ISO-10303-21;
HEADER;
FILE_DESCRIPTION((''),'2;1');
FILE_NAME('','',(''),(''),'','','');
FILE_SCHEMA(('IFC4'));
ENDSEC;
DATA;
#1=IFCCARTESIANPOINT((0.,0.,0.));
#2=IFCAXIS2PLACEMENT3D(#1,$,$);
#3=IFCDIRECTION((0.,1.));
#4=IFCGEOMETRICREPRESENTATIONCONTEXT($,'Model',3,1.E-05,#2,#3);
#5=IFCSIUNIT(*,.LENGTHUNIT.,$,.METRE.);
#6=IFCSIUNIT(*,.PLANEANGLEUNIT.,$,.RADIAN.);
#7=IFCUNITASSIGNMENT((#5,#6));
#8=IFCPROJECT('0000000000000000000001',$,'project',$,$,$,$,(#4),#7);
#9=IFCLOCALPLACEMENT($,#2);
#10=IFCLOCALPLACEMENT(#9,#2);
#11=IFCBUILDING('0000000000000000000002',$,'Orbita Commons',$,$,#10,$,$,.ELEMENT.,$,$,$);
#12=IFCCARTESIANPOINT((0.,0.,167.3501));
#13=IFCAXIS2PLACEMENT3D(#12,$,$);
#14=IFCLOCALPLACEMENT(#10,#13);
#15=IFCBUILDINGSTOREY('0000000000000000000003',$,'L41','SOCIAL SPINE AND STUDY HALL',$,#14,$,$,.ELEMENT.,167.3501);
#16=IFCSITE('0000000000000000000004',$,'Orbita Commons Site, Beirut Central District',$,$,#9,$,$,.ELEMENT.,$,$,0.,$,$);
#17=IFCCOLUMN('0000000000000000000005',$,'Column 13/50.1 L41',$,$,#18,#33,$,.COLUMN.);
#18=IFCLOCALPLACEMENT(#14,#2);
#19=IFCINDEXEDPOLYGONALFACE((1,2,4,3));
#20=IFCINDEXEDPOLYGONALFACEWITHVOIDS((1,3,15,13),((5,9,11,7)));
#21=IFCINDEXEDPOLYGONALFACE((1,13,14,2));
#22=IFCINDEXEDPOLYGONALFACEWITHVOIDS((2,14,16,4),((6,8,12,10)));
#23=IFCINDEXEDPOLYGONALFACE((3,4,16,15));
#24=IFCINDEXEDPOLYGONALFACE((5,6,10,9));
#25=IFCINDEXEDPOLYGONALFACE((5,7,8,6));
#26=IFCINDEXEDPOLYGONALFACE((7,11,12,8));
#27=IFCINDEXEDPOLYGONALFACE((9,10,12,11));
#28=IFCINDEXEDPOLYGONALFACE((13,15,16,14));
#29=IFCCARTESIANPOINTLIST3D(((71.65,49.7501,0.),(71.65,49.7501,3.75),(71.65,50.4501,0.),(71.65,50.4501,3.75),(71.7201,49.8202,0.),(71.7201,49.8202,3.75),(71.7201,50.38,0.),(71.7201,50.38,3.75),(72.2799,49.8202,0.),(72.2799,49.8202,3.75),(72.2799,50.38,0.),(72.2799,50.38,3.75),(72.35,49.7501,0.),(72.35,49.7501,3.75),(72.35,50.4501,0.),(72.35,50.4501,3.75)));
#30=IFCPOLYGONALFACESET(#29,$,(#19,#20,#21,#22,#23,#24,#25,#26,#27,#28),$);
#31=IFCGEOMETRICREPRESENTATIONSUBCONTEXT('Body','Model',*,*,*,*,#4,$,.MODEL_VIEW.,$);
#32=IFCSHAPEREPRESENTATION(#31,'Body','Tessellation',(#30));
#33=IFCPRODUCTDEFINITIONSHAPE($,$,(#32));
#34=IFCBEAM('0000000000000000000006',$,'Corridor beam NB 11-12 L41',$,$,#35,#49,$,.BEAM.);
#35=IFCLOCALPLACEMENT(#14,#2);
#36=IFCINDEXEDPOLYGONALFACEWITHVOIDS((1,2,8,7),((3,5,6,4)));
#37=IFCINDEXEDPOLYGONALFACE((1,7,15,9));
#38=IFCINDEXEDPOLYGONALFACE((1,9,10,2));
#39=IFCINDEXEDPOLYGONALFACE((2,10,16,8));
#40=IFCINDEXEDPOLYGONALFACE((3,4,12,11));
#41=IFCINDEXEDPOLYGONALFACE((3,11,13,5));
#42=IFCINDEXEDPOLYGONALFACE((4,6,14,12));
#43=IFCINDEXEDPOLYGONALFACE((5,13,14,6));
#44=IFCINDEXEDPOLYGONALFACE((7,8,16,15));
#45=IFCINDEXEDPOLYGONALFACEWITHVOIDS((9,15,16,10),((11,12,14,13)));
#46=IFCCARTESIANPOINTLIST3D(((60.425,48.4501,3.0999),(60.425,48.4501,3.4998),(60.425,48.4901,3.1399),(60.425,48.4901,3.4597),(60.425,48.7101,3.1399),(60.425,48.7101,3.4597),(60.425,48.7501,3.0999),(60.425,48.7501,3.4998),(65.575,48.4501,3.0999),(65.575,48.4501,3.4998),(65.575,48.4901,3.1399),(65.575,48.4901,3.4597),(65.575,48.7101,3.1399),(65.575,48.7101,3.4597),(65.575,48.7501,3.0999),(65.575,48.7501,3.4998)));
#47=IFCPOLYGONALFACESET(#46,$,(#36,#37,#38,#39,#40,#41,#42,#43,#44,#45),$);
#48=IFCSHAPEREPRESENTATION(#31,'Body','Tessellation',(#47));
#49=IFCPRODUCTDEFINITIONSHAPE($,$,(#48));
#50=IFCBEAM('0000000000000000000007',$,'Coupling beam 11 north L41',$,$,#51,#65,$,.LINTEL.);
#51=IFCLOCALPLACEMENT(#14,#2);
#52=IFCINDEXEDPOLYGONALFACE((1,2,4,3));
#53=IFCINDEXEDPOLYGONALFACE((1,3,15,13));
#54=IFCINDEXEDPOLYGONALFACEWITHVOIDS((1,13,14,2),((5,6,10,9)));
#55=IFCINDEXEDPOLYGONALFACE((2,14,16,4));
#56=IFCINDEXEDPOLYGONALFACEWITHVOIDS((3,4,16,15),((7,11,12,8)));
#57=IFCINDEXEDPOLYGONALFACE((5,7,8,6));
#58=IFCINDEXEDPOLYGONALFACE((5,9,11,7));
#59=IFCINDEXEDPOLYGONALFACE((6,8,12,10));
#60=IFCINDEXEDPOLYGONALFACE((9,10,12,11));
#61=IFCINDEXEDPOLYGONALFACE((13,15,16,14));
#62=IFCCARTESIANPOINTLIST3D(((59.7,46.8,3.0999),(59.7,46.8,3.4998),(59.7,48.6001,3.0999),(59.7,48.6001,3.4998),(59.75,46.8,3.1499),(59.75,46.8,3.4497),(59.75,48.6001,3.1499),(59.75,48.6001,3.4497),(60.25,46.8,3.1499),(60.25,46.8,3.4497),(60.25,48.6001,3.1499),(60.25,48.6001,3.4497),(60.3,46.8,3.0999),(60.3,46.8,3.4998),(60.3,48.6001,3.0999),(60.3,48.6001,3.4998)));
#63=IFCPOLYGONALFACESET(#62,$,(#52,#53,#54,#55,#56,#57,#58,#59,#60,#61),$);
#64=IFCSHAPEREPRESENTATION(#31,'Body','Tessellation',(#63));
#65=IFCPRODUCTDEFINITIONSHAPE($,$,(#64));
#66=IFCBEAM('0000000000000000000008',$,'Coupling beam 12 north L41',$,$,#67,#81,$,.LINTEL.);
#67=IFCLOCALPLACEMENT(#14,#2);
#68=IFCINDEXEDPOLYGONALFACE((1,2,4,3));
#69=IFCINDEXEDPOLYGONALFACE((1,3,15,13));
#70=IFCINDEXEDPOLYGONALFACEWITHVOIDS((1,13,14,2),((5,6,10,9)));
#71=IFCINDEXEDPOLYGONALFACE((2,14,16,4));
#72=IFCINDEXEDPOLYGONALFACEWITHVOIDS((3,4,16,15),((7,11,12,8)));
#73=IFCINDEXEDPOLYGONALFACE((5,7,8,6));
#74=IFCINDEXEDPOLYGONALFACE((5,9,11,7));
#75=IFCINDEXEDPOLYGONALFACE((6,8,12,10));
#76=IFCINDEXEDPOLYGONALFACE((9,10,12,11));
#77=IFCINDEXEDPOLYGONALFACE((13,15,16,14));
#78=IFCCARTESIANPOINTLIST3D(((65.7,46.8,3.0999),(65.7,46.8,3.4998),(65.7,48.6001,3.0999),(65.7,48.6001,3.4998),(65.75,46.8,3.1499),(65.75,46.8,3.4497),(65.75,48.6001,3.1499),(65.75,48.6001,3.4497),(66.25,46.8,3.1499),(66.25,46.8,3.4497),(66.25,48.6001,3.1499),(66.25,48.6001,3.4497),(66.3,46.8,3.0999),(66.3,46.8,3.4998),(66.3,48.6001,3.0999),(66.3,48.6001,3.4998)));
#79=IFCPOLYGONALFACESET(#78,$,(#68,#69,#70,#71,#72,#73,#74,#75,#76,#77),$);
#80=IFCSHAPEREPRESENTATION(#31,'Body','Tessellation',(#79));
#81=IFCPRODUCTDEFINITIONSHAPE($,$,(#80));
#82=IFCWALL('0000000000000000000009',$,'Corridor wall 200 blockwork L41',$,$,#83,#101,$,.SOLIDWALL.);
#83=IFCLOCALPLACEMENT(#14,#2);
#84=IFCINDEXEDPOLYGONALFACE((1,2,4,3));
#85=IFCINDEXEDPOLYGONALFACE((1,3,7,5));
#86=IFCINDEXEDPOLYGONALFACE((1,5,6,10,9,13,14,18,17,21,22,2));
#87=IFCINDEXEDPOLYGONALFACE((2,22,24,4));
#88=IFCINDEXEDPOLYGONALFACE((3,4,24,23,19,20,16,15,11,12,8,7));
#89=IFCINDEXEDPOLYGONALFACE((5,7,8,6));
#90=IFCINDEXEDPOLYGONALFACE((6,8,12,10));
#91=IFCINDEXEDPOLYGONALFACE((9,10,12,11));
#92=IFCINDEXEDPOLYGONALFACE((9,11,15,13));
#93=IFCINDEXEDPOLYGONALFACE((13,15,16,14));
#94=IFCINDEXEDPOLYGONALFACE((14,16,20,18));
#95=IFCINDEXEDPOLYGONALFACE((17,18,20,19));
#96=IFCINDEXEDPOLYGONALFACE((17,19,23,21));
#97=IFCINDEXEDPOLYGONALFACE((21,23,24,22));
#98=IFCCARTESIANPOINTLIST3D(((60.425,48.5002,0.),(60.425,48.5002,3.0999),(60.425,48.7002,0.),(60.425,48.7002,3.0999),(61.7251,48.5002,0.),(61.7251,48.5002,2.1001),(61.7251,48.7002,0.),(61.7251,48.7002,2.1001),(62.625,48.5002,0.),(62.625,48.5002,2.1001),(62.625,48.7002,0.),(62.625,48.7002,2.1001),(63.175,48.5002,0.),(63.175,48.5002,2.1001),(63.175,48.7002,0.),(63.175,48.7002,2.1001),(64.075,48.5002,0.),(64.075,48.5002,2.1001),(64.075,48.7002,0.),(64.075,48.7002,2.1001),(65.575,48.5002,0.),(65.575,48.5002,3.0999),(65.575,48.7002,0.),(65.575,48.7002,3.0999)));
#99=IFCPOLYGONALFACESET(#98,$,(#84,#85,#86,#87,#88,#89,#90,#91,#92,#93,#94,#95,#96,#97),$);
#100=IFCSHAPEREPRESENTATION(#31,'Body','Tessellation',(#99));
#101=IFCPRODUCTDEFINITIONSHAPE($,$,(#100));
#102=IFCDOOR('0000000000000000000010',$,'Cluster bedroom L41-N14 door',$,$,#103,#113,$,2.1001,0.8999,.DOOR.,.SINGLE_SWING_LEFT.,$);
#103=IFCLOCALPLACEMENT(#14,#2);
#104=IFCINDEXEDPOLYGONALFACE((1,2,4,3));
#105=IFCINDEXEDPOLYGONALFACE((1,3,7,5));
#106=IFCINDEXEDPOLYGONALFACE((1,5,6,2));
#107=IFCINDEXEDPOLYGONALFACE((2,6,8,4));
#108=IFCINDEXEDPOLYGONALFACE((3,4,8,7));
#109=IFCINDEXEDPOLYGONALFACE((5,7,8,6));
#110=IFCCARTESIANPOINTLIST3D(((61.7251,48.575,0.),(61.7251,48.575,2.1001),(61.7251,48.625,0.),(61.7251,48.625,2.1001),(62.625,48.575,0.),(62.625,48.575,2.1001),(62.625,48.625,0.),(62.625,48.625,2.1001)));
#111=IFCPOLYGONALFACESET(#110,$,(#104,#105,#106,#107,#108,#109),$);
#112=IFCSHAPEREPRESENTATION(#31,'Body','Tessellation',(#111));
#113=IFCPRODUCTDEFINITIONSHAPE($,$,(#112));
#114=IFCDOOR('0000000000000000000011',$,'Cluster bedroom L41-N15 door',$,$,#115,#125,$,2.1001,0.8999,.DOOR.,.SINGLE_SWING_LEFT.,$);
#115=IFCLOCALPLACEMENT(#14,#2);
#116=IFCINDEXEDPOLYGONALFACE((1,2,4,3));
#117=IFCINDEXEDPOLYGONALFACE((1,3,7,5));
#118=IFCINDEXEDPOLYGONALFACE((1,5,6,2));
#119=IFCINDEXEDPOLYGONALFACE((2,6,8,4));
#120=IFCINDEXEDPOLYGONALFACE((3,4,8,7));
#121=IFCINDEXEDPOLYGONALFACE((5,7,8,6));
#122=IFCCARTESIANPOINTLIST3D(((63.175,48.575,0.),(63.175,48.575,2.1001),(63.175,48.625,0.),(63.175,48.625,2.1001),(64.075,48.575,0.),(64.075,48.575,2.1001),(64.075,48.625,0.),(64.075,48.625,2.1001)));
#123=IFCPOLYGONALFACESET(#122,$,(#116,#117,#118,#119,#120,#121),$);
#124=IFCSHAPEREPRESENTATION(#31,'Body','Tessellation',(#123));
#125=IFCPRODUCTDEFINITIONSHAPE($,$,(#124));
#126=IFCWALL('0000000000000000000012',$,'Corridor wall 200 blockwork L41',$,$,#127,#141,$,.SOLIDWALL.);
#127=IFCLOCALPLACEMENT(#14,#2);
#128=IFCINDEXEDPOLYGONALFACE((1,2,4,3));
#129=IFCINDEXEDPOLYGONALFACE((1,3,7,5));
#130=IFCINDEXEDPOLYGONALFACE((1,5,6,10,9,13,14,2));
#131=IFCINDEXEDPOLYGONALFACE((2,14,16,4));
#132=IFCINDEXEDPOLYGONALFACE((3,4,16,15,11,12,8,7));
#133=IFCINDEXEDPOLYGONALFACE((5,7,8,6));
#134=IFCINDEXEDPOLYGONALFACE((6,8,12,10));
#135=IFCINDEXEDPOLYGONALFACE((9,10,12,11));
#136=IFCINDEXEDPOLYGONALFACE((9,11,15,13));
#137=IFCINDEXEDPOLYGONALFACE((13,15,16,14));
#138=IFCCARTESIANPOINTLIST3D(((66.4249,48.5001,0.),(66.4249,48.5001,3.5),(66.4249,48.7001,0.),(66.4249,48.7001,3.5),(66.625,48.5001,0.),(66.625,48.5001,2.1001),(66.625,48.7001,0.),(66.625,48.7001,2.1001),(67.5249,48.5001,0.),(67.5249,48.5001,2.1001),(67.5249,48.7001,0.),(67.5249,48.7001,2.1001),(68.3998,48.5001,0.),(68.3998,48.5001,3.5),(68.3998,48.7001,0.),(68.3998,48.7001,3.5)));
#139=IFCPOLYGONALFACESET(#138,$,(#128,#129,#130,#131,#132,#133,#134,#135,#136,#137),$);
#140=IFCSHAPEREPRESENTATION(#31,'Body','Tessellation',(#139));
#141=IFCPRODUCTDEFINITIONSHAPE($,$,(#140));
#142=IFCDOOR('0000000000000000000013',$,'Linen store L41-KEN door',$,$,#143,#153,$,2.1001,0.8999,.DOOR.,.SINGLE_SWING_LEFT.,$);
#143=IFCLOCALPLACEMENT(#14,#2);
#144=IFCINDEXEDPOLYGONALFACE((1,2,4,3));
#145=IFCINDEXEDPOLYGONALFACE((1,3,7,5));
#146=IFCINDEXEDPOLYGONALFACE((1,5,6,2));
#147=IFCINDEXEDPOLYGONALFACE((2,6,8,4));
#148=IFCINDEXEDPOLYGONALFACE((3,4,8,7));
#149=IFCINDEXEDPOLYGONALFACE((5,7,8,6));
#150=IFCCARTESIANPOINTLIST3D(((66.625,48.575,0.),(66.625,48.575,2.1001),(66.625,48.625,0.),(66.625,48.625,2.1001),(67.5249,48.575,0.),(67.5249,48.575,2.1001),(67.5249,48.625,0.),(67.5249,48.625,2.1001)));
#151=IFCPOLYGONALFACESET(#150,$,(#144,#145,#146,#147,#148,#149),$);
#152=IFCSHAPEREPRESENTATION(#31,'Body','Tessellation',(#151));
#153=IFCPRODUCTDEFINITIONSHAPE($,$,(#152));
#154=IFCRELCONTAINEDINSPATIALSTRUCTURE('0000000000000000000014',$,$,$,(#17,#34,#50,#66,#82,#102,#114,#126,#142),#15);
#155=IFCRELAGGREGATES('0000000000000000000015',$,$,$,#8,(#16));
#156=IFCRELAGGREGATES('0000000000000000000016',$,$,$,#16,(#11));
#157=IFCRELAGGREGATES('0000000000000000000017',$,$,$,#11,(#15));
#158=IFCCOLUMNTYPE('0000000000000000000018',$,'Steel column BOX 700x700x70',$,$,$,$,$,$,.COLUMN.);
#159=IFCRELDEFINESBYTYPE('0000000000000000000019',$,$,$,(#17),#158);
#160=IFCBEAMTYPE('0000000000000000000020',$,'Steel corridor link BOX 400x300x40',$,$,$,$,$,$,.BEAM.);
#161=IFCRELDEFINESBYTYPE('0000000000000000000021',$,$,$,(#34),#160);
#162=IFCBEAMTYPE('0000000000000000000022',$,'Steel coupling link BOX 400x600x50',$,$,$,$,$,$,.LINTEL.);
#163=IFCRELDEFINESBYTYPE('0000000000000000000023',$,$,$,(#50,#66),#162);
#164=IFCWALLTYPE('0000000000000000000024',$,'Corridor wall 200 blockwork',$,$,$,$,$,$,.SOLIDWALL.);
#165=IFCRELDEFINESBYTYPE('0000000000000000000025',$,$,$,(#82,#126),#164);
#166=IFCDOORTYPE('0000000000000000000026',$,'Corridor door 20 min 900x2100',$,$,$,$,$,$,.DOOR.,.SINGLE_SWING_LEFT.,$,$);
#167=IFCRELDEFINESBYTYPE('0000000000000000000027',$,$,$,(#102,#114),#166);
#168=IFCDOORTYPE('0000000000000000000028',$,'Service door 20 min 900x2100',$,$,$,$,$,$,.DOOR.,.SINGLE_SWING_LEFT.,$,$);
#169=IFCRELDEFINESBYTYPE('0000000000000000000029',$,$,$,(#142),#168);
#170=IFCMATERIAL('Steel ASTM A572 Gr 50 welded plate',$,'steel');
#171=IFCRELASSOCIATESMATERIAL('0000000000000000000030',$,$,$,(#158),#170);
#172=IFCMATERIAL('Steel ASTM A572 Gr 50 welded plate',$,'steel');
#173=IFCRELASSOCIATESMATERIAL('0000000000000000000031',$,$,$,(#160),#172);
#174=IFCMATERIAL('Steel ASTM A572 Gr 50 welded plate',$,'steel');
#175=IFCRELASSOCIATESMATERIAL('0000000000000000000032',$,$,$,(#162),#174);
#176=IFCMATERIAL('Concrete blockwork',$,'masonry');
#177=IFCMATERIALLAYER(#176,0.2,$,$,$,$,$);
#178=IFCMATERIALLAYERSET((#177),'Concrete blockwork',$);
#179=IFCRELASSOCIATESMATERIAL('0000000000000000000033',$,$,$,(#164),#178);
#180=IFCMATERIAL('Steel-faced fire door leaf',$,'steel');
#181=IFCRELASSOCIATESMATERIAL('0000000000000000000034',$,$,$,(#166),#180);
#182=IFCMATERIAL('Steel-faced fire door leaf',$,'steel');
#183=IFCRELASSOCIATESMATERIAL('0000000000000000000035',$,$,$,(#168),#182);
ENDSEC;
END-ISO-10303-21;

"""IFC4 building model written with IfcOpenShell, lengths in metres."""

from ifc_helpers import new_model, si_unit, direction, frame, frame_2d, origin, origin_2d, place, context, subcontext, project, spatial, polyline, rectangle, hollow_rectangle, outline, extrude, material, layer, layer_set, material_profile, profile_set, type_object, element, fill, save


model = new_model("IFC4")

# Units and contexts
model_context = context("Model", 3, precision=1e-05, world=origin(), true_north=direction((0.0, 1.0)))
body_context = subcontext(model_context, "Body", "Model", "MODEL_VIEW")
ifc_project = project(units=[si_unit("LENGTHUNIT", "METRE"), si_unit("PLANEANGLEUNIT", "RADIAN")], contexts=[model_context])

# Site, building, storey
site_placement = place(None, origin())
site = spatial("IfcSite", under=ifc_project, at=site_placement, Name="Orbita Commons Site, Beirut Central District", CompositionType="ELEMENT", RefElevation=0.0)
building_placement = place(site_placement, origin())
building = spatial("IfcBuilding", under=site, at=building_placement, Name="Orbita Commons", CompositionType="ELEMENT")
storey_placement = place(building_placement, frame((0.0, 0.0, 167.3501)))
storey = spatial("IfcBuildingStorey", under=building, at=storey_placement, Name="L41", Description="SOCIAL SPINE AND STUDY HALL", CompositionType="ELEMENT", Elevation=167.3501)

# Column
ifc_material_1 = material(Name="Steel ASTM A572 Gr 50 welded plate", Category="steel")
ifc_material_profile_1 = material_profile(ifc_material_1, hollow_rectangle(XDim=0.7, YDim=0.7, WallThickness=0.0701, at=origin_2d()), Name="BOX 700x700x70")
ifc_profile_set_1 = profile_set([ifc_material_profile_1], Name="Steel ASTM A572 Gr 50 welded plate")
column_type = type_object("IfcColumnType", Name="Steel column BOX 700x700x70", PredefinedType="COLUMN", material=ifc_profile_set_1)
column_placement = place(storey_placement, frame((72.0, 50.1001, 0.0), z_axis=(0.0, 0.0, 1.0), x_axis=(1.0, 0.0, 0.0)))
element("IfcColumn", 1, at=column_placement, inside=storey, type_object=column_type, Name="Column 13/50.1 L41", PredefinedType="COLUMN", context=body_context, shape_type="SweptSolid", body=[
    extrude(hollow_rectangle(XDim=0.7, YDim=0.7, WallThickness=0.0701, at=origin_2d()), origin(), (0.0, 0.0, 1.0), 3.75),
])

# Beams
ifc_material_2 = material(Name="Steel ASTM A572 Gr 50 welded plate", Category="steel")
ifc_material_profile_2 = material_profile(ifc_material_2, hollow_rectangle(XDim=0.3, YDim=0.3999, WallThickness=0.04, at=origin_2d()), Name="BOX 400x300x40")
ifc_profile_set_2 = profile_set([ifc_material_profile_2], Name="Steel ASTM A572 Gr 50 welded plate")
beam_type_1 = type_object("IfcBeamType", Name="Steel corridor link BOX 400x300x40", PredefinedType="BEAM", material=ifc_profile_set_2)
beam_placement = place(storey_placement, frame((60.425, 48.6001, 3.2998), z_axis=(1.0, 0.0, 0.0), x_axis=(0.0, 1.0, 0.0)))
element("IfcBeam", 2, at=beam_placement, inside=storey, type_object=beam_type_1, Name="Corridor beam NB 11-12 L41", PredefinedType="BEAM", context=body_context, shape_type="SweptSolid", body=[
    extrude(hollow_rectangle(XDim=0.3, YDim=0.3999, WallThickness=0.04, at=origin_2d()), origin(), (0.0, 0.0, 1.0), 5.1499),
])
ifc_material_3 = material(Name="Steel ASTM A572 Gr 50 welded plate", Category="steel")
ifc_material_profile_3 = material_profile(ifc_material_3, hollow_rectangle(XDim=0.6001, YDim=0.3999, WallThickness=0.05, at=origin_2d()), Name="BOX 400x600x50")
ifc_profile_set_3 = profile_set([ifc_material_profile_3], Name="Steel ASTM A572 Gr 50 welded plate")
beam_type_2 = type_object("IfcBeamType", Name="Steel coupling link BOX 400x600x50", PredefinedType="LINTEL", material=ifc_profile_set_3)
for number, where, z_axis, x_axis, name in (
    (3, (60.0, 46.8, 3.2998), (0.0, 1.0, 0.0), (-1.0, 0.0, 0.0), "Coupling beam 11 north L41"),
    (4, (66.0, 46.8, 3.2998), (0.0, 1.0, 0.0), (-1.0, 0.0, 0.0), "Coupling beam 12 north L41"),
):
    element("IfcBeam", number, at=place(storey_placement, frame(where, z_axis=z_axis, x_axis=x_axis)), inside=storey, type_object=beam_type_2, Name=name, PredefinedType="LINTEL", context=body_context, shape_type="SweptSolid", body=[
        extrude(hollow_rectangle(XDim=0.6001, YDim=0.3999, WallThickness=0.05, at=origin_2d()), origin(), (0.0, 0.0, 1.0), 1.8),
    ])

# Wall, openings, doors
ifc_material_4 = material(Name="Concrete blockwork", Category="masonry")
ifc_layer_1 = layer(ifc_material_4, 0.2)
ifc_layer_set_1 = layer_set([ifc_layer_1], Name="Concrete blockwork")
wall_type_1 = type_object("IfcWallType", Name="Corridor wall 200 blockwork", PredefinedType="SOLIDWALL", material=ifc_layer_set_1)
wall_1_placement = place(storey_placement, frame((60.425, 48.6001, 0.0), z_axis=(0.0, 0.0, 1.0), x_axis=(1.0, 0.0, 0.0)))
wall_1 = element("IfcWall", 5, at=wall_1_placement, inside=storey, type_object=wall_type_1, Name="Corridor wall 200 blockwork L41", PredefinedType="SOLIDWALL", context=body_context, shape_type="SweptSolid", body=[
    extrude(outline(polyline([(0.0, 0.0), (5.1499, 0.0), (5.1499, 3.0999), (0.0, 3.0999), (0.0, 0.0)])), frame((0.0, 0.1001, 0.0), z_axis=(0.0, -1.0, 0.0), x_axis=(1.0, 0.0, 0.0)), (0.0, 0.0, 1.0), 0.2),
])
opening_1_placement = place(wall_1_placement, frame((1.3, 0.0, 0.0)))
opening_1 = element("IfcOpeningElement", 6, at=opening_1_placement, cuts=wall_1, PredefinedType="OPENING", context=body_context, shape_type="SweptSolid", body=[
    extrude(rectangle(XDim=0.8999, YDim=2.1001, at=frame_2d((0.45, 1.05))), frame((0.0, 0.1099, 0.0), z_axis=(0.0, -1.0, 0.0), x_axis=(1.0, 0.0, 0.0)), (0.0, 0.0, 1.0), 0.22),
])
opening_2_placement = place(wall_1_placement, frame((2.75, 0.0, 0.0)))
opening_2 = element("IfcOpeningElement", 7, at=opening_2_placement, cuts=wall_1, PredefinedType="OPENING", context=body_context, shape_type="SweptSolid", body=[
    extrude(rectangle(XDim=0.8999, YDim=2.1001, at=frame_2d((0.45, 1.05))), frame((0.0, 0.1099, 0.0), z_axis=(0.0, -1.0, 0.0), x_axis=(1.0, 0.0, 0.0)), (0.0, 0.0, 1.0), 0.22),
])
ifc_material_5 = material(Name="Steel-faced fire door leaf", Category="steel")
door_type_1 = type_object("IfcDoorType", Name="Corridor door 20 min 900x2100", OperationType="SINGLE_SWING_LEFT", PredefinedType="DOOR", material=ifc_material_5)
door_1_placement = place(opening_1_placement, origin())
door_1 = element("IfcDoor", 8, at=door_1_placement, inside=storey, type_object=door_type_1, Name="Cluster bedroom L41-N14 door", OperationType="SINGLE_SWING_LEFT", OverallHeight=2.1001, OverallWidth=0.8999, PredefinedType="DOOR", context=body_context, shape_type="SweptSolid", body=[
    extrude(rectangle(XDim=0.8999, YDim=2.1001, at=frame_2d((0.45, 1.05))), frame((0.0, 0.0249, 0.0), z_axis=(0.0, -1.0, 0.0), x_axis=(1.0, 0.0, 0.0)), (0.0, 0.0, 1.0), 0.05),
])
fill(opening_1, door_1)
door_2_placement = place(opening_2_placement, origin())
door_2 = element("IfcDoor", 9, at=door_2_placement, inside=storey, type_object=door_type_1, Name="Cluster bedroom L41-N15 door", OperationType="SINGLE_SWING_LEFT", OverallHeight=2.1001, OverallWidth=0.8999, PredefinedType="DOOR", context=body_context, shape_type="SweptSolid", body=[
    extrude(rectangle(XDim=0.8999, YDim=2.1001, at=frame_2d((0.45, 1.05))), frame((0.0, 0.0249, 0.0), z_axis=(0.0, -1.0, 0.0), x_axis=(1.0, 0.0, 0.0)), (0.0, 0.0, 1.0), 0.05),
])
fill(opening_2, door_2)

# Wall, opening, door
wall_2_placement = place(storey_placement, frame((66.425, 48.6001, 0.0), z_axis=(0.0, 0.0, 1.0), x_axis=(1.0, 0.0, 0.0)))
wall_2 = element("IfcWall", 10, at=wall_2_placement, inside=storey, type_object=wall_type_1, Name="Corridor wall 200 blockwork L41", PredefinedType="SOLIDWALL", context=body_context, shape_type="SweptSolid", body=[
    extrude(rectangle(XDim=1.9749, YDim=0.2, at=frame_2d((0.9873, 0.0))), origin(), (0.0, 0.0, 1.0), 3.5),
])
opening_3_placement = place(wall_2_placement, frame((0.2, 0.0, 0.0)))
opening_3 = element("IfcOpeningElement", 11, at=opening_3_placement, cuts=wall_2, PredefinedType="OPENING", context=body_context, shape_type="SweptSolid", body=[
    extrude(rectangle(XDim=0.8999, YDim=2.1001, at=frame_2d((0.45, 1.05))), frame((0.0, 0.1099, 0.0), z_axis=(0.0, -1.0, 0.0), x_axis=(1.0, 0.0, 0.0)), (0.0, 0.0, 1.0), 0.22),
])
ifc_material_6 = material(Name="Steel-faced fire door leaf", Category="steel")
door_type_2 = type_object("IfcDoorType", Name="Service door 20 min 900x2100", OperationType="SINGLE_SWING_LEFT", PredefinedType="DOOR", material=ifc_material_6)
door_3_placement = place(opening_3_placement, origin())
door_3 = element("IfcDoor", 12, at=door_3_placement, inside=storey, type_object=door_type_2, Name="Linen store L41-KEN door", OperationType="SINGLE_SWING_LEFT", OverallHeight=2.1001, OverallWidth=0.8999, PredefinedType="DOOR", context=body_context, shape_type="SweptSolid", body=[
    extrude(rectangle(XDim=0.8999, YDim=2.1001, at=frame_2d((0.45, 1.05))), frame((0.0, 0.0249, 0.0), z_axis=(0.0, -1.0, 0.0), x_axis=(1.0, 0.0, 0.0)), (0.0, 0.0, 1.0), 0.05),
])
fill(opening_3, door_3)

save(model, "model.ifc")
